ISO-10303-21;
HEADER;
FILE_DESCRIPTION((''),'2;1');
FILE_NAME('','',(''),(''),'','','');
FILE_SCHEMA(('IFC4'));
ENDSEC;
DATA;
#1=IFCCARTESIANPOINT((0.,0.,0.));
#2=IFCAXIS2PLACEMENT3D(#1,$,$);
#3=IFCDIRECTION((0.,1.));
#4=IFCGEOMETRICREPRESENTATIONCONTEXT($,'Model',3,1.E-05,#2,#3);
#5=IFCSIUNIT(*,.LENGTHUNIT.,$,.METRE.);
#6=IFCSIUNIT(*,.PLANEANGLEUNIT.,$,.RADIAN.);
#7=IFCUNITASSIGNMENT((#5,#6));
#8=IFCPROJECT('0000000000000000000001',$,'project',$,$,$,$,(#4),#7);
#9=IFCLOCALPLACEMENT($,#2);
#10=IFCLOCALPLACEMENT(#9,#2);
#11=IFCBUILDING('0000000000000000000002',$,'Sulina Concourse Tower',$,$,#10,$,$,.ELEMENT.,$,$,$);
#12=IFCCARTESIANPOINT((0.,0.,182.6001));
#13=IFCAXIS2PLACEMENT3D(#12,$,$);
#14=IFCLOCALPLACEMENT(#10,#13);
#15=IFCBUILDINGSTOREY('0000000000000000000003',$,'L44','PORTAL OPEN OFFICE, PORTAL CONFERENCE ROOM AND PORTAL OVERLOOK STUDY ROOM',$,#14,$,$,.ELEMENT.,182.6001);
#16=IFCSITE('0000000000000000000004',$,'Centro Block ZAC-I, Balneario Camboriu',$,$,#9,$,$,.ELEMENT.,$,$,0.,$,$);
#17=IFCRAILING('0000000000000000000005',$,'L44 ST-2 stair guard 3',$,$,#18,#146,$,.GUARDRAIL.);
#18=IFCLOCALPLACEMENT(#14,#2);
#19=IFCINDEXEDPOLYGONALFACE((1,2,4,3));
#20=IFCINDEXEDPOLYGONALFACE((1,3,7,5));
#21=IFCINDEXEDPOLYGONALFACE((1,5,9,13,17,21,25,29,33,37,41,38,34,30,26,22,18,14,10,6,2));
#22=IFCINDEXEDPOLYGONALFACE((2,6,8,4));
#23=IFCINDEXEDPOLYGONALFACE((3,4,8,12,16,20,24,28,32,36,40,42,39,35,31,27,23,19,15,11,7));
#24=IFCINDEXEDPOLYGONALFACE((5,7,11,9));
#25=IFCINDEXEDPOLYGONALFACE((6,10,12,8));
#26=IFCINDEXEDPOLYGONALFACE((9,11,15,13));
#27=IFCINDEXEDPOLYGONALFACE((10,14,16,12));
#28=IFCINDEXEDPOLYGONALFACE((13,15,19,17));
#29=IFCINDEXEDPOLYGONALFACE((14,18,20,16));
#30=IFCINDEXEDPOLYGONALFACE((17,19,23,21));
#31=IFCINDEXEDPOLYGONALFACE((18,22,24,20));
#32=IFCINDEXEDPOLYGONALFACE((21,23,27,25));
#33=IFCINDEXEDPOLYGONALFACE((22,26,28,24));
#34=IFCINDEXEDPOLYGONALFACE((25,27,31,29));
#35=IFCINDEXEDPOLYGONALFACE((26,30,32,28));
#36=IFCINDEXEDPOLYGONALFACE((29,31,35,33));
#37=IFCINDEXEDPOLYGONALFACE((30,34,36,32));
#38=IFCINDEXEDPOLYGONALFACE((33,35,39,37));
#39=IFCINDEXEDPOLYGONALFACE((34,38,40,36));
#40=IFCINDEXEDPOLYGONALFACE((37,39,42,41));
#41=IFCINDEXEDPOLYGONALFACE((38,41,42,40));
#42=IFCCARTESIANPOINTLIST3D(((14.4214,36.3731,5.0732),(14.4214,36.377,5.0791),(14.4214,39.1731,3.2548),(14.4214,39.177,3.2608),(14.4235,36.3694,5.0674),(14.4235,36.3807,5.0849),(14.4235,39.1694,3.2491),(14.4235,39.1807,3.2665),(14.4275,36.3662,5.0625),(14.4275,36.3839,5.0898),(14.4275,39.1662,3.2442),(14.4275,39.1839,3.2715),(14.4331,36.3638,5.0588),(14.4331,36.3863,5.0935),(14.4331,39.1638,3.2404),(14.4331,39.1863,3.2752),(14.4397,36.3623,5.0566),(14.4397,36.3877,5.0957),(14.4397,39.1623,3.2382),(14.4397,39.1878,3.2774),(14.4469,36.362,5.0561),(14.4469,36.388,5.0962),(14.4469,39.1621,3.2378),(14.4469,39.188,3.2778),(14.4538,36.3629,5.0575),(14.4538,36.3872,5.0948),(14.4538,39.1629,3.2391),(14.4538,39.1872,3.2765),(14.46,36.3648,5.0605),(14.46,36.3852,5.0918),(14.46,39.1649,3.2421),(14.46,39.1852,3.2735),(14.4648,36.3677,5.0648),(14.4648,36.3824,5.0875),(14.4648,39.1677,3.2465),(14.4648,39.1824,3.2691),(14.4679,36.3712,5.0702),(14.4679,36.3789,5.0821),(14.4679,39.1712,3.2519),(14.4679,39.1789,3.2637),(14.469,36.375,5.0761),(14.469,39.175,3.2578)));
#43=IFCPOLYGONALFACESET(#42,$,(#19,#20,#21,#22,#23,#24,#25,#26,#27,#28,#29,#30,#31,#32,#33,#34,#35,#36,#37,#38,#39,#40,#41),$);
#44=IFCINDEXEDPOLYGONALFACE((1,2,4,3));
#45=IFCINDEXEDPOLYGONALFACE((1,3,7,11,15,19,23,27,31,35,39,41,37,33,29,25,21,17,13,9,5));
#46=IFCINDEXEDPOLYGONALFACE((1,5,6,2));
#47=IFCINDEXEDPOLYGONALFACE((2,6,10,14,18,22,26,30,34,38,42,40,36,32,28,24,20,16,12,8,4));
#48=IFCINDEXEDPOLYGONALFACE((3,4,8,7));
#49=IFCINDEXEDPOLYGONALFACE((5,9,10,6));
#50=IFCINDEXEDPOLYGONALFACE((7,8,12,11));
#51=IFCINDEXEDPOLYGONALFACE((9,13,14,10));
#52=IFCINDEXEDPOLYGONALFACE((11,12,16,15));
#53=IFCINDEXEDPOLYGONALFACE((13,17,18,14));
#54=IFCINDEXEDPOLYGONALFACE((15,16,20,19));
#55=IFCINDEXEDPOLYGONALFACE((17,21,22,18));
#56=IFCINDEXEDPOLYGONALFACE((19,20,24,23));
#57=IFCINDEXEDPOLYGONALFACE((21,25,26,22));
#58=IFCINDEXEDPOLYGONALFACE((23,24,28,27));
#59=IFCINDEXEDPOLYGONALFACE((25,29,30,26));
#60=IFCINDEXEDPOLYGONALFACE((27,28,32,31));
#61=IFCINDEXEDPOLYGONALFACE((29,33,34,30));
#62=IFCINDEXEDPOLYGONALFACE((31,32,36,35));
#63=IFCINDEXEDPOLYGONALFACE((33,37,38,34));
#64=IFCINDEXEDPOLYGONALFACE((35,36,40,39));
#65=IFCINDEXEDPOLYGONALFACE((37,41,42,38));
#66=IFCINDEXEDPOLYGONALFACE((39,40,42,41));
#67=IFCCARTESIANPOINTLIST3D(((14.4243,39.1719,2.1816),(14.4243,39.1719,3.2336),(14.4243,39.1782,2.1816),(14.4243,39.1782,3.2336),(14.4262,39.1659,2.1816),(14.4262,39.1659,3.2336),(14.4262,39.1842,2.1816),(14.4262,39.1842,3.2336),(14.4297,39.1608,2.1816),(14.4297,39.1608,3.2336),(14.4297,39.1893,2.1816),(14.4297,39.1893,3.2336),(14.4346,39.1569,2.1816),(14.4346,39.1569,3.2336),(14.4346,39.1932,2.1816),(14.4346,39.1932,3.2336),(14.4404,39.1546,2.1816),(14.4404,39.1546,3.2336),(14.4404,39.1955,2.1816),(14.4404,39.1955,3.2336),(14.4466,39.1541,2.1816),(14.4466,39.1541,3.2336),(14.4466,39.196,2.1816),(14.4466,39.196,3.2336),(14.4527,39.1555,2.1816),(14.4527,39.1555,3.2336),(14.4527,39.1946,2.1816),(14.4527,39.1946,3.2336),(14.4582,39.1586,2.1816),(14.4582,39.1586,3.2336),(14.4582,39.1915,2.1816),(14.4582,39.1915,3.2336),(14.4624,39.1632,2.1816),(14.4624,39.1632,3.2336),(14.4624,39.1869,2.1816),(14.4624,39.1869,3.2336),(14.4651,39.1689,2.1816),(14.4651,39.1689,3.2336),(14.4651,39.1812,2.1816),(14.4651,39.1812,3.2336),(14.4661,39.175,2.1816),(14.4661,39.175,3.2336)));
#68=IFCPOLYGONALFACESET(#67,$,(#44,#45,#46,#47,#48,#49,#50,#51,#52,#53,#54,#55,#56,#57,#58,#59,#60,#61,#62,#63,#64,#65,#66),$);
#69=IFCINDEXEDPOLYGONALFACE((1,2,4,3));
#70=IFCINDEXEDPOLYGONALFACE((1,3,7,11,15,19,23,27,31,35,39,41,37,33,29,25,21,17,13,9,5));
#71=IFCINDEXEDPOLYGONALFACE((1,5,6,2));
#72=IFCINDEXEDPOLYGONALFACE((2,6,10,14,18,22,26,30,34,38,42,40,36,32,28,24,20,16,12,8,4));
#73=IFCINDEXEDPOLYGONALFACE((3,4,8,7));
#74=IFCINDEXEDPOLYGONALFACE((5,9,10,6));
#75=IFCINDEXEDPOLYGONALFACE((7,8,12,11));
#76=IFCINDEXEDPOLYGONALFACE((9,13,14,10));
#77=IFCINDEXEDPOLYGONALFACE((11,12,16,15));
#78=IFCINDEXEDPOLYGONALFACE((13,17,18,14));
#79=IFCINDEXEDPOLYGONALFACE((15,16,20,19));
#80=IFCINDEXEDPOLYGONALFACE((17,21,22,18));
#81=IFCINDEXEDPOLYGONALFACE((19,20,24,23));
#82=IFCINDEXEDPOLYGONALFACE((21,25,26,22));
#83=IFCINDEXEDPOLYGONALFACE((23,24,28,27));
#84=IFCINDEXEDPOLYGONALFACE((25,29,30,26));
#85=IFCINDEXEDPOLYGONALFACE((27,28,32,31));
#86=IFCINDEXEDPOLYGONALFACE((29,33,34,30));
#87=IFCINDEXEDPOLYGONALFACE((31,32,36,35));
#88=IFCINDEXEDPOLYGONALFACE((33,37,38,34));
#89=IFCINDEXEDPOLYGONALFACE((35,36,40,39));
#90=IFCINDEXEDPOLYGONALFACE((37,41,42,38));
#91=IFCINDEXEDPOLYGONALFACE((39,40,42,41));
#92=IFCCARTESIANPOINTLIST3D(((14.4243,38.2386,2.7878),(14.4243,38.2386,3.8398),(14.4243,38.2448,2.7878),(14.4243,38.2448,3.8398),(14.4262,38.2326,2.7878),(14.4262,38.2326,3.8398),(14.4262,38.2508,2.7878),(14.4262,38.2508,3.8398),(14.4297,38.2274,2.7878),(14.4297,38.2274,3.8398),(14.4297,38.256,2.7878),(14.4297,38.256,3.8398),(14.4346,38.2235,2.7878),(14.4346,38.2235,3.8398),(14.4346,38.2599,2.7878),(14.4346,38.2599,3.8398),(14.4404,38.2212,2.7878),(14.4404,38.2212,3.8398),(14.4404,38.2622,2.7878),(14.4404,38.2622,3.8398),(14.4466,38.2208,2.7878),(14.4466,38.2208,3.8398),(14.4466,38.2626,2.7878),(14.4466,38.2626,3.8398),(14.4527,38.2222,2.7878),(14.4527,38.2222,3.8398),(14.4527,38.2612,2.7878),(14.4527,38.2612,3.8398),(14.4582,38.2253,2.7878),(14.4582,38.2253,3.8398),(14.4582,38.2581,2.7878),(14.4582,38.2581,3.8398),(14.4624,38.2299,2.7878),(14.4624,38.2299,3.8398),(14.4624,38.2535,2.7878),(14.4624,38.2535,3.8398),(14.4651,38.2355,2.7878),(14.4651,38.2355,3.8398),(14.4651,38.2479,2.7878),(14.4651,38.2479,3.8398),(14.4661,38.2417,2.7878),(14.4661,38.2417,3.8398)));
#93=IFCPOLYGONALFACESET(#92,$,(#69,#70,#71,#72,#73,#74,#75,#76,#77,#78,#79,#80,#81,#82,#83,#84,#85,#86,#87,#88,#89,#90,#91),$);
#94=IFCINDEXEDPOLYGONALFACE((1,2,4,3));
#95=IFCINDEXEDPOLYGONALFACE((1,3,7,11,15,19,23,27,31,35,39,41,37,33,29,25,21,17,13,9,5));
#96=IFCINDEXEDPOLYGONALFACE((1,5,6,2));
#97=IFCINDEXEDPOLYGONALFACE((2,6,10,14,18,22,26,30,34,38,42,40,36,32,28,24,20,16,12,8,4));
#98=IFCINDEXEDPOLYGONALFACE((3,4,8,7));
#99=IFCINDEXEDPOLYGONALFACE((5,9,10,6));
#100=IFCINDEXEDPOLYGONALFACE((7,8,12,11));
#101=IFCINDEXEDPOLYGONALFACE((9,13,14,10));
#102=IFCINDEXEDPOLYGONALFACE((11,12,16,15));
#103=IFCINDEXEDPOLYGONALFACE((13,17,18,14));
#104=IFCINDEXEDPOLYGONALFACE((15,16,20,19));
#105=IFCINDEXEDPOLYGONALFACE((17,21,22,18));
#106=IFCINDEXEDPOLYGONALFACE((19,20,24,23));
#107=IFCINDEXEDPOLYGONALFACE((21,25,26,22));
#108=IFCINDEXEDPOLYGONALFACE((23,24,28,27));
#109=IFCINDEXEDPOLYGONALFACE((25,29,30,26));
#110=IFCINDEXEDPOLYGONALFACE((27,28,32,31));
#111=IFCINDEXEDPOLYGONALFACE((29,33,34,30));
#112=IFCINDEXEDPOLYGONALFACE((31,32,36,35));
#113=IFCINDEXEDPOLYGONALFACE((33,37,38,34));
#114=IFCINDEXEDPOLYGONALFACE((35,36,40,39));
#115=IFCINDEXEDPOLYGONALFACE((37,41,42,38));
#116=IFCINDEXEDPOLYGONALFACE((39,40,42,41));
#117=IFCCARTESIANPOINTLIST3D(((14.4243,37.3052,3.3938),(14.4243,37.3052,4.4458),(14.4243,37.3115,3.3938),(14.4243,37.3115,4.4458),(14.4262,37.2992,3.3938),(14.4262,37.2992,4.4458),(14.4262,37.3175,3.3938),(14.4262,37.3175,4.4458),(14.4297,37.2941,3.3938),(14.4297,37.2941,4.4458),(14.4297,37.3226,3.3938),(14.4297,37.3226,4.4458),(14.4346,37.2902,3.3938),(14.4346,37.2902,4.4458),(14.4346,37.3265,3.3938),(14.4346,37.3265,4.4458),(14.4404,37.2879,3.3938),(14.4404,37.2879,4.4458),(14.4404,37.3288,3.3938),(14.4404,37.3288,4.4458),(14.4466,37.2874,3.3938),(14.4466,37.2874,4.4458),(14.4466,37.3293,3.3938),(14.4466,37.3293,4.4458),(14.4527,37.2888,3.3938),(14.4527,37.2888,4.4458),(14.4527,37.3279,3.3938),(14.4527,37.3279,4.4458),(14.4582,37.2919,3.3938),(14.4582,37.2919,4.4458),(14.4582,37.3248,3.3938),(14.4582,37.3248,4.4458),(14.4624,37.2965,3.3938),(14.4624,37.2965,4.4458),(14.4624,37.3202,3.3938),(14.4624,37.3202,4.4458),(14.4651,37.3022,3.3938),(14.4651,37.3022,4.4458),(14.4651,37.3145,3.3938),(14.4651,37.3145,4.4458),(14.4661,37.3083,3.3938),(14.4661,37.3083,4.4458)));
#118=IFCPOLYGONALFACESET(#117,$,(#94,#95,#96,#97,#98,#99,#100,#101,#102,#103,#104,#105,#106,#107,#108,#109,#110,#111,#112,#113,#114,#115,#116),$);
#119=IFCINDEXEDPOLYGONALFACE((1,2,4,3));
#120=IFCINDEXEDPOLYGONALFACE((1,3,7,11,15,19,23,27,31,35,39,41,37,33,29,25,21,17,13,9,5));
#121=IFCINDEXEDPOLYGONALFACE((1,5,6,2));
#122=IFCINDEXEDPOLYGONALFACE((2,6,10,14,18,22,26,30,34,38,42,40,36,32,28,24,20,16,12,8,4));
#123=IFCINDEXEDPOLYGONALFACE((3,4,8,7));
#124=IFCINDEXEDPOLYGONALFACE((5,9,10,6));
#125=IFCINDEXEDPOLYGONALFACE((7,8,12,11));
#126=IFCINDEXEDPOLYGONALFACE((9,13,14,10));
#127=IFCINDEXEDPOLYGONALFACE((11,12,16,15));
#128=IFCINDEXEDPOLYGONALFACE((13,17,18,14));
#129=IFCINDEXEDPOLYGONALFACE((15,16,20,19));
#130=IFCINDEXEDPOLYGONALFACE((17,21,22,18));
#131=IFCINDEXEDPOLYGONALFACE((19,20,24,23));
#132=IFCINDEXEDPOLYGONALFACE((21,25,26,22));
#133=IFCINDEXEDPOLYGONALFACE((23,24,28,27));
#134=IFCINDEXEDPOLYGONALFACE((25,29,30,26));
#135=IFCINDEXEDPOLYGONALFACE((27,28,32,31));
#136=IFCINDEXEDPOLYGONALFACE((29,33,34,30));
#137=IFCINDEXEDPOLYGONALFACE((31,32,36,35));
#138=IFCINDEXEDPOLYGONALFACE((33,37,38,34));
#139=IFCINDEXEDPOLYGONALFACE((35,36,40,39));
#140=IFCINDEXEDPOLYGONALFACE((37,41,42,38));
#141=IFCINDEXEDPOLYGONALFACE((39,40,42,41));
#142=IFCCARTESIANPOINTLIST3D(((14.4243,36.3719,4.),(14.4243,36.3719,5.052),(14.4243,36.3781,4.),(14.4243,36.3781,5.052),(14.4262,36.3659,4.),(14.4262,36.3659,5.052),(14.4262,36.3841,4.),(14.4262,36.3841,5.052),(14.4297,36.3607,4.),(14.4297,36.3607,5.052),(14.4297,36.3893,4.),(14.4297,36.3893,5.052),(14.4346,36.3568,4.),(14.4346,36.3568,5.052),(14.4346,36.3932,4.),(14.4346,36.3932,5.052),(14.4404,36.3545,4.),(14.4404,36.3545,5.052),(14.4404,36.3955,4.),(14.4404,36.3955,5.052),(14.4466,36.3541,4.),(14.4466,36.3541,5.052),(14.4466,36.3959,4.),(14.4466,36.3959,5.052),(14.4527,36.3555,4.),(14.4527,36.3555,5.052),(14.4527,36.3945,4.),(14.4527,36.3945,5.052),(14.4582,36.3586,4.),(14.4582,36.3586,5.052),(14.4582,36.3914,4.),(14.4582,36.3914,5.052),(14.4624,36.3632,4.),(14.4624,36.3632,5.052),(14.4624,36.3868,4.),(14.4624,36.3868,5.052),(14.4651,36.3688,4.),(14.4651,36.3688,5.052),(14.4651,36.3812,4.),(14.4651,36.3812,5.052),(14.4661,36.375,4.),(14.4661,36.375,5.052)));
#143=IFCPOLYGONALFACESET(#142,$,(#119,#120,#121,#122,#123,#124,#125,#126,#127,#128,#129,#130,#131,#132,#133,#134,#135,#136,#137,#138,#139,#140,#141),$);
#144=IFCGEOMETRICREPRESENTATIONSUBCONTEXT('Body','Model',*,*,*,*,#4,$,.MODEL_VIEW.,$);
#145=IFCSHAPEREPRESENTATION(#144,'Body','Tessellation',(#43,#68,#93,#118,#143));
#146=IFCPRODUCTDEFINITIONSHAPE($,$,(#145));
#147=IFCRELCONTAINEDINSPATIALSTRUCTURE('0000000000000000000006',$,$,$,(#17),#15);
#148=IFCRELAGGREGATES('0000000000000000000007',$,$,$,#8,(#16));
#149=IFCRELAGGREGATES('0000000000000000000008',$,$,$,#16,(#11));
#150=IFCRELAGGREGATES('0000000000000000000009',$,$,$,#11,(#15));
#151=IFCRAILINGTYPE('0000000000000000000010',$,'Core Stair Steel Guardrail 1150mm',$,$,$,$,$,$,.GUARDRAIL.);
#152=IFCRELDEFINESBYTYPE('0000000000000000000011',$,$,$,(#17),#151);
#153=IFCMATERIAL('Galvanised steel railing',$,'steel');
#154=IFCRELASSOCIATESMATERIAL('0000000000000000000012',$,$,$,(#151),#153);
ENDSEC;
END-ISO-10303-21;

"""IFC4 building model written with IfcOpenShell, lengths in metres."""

from ifc_helpers import new_model, si_unit, direction, frame, origin, origin_2d, place, context, subcontext, project, spatial, circle, extrude, material, type_object, element, save


model = new_model("IFC4")

# Units and contexts
model_context = context("Model", 3, precision=1e-05, world=origin(), true_north=direction((0.0, 1.0)))
body_context = subcontext(model_context, "Body", "Model", "MODEL_VIEW")
ifc_project = project(units=[si_unit("LENGTHUNIT", "METRE"), si_unit("PLANEANGLEUNIT", "RADIAN")], contexts=[model_context])

# Site, building, storey
site_placement = place(None, origin())
site = spatial("IfcSite", under=ifc_project, at=site_placement, Name="Centro Block ZAC-I, Balneario Camboriu", CompositionType="ELEMENT", RefElevation=0.0)
building_placement = place(site_placement, origin())
building = spatial("IfcBuilding", under=site, at=building_placement, Name="Sulina Concourse Tower", CompositionType="ELEMENT")
storey_placement = place(building_placement, frame((0.0, 0.0, 182.6001)))
storey = spatial("IfcBuildingStorey", under=building, at=storey_placement, Name="L44", Description="PORTAL OPEN OFFICE, PORTAL CONFERENCE ROOM AND PORTAL OVERLOOK STUDY ROOM", CompositionType="ELEMENT", Elevation=182.6001)

# Railing
ifc_material_1 = material(Name="Galvanised steel railing", Category="steel")
railing_type_1 = type_object("IfcRailingType", Name="Core Stair Steel Guardrail 1150mm", PredefinedType="GUARDRAIL", material=ifc_material_1)
railing_1_placement = place(storey_placement, frame((14.4451, 39.175, 2.1816)))
element("IfcRailing", 1, at=railing_1_placement, inside=storey, type_object=railing_type_1, Name="L44 ST-2 stair guard 3", PredefinedType="GUARDRAIL", context=body_context, shape_type="SweptSolid", body=[
    extrude(circle(Radius=0.0239, at=origin_2d()), frame((0.0, 0.0, 1.0762), z_axis=(0.0, -0.838672, 0.544636), x_axis=(1.0, 0.0, 0.0)), (0.0, 0.0, 1.0), 3.3386),
    extrude(circle(Radius=0.021, at=origin_2d()), origin(), (0.0, 0.0, 1.0), 1.052),
    extrude(circle(Radius=0.021, at=origin_2d()), frame((0.0, -0.9333, 0.6062)), (0.0, 0.0, 1.0), 1.052),
    extrude(circle(Radius=0.021, at=origin_2d()), frame((0.0, -1.8667, 1.2122)), (0.0, 0.0, 1.0), 1.052),
    extrude(circle(Radius=0.021, at=origin_2d()), frame((0.0, -2.8, 1.8184)), (0.0, 0.0, 1.0), 1.052),
])

save(model, "model.ifc")
